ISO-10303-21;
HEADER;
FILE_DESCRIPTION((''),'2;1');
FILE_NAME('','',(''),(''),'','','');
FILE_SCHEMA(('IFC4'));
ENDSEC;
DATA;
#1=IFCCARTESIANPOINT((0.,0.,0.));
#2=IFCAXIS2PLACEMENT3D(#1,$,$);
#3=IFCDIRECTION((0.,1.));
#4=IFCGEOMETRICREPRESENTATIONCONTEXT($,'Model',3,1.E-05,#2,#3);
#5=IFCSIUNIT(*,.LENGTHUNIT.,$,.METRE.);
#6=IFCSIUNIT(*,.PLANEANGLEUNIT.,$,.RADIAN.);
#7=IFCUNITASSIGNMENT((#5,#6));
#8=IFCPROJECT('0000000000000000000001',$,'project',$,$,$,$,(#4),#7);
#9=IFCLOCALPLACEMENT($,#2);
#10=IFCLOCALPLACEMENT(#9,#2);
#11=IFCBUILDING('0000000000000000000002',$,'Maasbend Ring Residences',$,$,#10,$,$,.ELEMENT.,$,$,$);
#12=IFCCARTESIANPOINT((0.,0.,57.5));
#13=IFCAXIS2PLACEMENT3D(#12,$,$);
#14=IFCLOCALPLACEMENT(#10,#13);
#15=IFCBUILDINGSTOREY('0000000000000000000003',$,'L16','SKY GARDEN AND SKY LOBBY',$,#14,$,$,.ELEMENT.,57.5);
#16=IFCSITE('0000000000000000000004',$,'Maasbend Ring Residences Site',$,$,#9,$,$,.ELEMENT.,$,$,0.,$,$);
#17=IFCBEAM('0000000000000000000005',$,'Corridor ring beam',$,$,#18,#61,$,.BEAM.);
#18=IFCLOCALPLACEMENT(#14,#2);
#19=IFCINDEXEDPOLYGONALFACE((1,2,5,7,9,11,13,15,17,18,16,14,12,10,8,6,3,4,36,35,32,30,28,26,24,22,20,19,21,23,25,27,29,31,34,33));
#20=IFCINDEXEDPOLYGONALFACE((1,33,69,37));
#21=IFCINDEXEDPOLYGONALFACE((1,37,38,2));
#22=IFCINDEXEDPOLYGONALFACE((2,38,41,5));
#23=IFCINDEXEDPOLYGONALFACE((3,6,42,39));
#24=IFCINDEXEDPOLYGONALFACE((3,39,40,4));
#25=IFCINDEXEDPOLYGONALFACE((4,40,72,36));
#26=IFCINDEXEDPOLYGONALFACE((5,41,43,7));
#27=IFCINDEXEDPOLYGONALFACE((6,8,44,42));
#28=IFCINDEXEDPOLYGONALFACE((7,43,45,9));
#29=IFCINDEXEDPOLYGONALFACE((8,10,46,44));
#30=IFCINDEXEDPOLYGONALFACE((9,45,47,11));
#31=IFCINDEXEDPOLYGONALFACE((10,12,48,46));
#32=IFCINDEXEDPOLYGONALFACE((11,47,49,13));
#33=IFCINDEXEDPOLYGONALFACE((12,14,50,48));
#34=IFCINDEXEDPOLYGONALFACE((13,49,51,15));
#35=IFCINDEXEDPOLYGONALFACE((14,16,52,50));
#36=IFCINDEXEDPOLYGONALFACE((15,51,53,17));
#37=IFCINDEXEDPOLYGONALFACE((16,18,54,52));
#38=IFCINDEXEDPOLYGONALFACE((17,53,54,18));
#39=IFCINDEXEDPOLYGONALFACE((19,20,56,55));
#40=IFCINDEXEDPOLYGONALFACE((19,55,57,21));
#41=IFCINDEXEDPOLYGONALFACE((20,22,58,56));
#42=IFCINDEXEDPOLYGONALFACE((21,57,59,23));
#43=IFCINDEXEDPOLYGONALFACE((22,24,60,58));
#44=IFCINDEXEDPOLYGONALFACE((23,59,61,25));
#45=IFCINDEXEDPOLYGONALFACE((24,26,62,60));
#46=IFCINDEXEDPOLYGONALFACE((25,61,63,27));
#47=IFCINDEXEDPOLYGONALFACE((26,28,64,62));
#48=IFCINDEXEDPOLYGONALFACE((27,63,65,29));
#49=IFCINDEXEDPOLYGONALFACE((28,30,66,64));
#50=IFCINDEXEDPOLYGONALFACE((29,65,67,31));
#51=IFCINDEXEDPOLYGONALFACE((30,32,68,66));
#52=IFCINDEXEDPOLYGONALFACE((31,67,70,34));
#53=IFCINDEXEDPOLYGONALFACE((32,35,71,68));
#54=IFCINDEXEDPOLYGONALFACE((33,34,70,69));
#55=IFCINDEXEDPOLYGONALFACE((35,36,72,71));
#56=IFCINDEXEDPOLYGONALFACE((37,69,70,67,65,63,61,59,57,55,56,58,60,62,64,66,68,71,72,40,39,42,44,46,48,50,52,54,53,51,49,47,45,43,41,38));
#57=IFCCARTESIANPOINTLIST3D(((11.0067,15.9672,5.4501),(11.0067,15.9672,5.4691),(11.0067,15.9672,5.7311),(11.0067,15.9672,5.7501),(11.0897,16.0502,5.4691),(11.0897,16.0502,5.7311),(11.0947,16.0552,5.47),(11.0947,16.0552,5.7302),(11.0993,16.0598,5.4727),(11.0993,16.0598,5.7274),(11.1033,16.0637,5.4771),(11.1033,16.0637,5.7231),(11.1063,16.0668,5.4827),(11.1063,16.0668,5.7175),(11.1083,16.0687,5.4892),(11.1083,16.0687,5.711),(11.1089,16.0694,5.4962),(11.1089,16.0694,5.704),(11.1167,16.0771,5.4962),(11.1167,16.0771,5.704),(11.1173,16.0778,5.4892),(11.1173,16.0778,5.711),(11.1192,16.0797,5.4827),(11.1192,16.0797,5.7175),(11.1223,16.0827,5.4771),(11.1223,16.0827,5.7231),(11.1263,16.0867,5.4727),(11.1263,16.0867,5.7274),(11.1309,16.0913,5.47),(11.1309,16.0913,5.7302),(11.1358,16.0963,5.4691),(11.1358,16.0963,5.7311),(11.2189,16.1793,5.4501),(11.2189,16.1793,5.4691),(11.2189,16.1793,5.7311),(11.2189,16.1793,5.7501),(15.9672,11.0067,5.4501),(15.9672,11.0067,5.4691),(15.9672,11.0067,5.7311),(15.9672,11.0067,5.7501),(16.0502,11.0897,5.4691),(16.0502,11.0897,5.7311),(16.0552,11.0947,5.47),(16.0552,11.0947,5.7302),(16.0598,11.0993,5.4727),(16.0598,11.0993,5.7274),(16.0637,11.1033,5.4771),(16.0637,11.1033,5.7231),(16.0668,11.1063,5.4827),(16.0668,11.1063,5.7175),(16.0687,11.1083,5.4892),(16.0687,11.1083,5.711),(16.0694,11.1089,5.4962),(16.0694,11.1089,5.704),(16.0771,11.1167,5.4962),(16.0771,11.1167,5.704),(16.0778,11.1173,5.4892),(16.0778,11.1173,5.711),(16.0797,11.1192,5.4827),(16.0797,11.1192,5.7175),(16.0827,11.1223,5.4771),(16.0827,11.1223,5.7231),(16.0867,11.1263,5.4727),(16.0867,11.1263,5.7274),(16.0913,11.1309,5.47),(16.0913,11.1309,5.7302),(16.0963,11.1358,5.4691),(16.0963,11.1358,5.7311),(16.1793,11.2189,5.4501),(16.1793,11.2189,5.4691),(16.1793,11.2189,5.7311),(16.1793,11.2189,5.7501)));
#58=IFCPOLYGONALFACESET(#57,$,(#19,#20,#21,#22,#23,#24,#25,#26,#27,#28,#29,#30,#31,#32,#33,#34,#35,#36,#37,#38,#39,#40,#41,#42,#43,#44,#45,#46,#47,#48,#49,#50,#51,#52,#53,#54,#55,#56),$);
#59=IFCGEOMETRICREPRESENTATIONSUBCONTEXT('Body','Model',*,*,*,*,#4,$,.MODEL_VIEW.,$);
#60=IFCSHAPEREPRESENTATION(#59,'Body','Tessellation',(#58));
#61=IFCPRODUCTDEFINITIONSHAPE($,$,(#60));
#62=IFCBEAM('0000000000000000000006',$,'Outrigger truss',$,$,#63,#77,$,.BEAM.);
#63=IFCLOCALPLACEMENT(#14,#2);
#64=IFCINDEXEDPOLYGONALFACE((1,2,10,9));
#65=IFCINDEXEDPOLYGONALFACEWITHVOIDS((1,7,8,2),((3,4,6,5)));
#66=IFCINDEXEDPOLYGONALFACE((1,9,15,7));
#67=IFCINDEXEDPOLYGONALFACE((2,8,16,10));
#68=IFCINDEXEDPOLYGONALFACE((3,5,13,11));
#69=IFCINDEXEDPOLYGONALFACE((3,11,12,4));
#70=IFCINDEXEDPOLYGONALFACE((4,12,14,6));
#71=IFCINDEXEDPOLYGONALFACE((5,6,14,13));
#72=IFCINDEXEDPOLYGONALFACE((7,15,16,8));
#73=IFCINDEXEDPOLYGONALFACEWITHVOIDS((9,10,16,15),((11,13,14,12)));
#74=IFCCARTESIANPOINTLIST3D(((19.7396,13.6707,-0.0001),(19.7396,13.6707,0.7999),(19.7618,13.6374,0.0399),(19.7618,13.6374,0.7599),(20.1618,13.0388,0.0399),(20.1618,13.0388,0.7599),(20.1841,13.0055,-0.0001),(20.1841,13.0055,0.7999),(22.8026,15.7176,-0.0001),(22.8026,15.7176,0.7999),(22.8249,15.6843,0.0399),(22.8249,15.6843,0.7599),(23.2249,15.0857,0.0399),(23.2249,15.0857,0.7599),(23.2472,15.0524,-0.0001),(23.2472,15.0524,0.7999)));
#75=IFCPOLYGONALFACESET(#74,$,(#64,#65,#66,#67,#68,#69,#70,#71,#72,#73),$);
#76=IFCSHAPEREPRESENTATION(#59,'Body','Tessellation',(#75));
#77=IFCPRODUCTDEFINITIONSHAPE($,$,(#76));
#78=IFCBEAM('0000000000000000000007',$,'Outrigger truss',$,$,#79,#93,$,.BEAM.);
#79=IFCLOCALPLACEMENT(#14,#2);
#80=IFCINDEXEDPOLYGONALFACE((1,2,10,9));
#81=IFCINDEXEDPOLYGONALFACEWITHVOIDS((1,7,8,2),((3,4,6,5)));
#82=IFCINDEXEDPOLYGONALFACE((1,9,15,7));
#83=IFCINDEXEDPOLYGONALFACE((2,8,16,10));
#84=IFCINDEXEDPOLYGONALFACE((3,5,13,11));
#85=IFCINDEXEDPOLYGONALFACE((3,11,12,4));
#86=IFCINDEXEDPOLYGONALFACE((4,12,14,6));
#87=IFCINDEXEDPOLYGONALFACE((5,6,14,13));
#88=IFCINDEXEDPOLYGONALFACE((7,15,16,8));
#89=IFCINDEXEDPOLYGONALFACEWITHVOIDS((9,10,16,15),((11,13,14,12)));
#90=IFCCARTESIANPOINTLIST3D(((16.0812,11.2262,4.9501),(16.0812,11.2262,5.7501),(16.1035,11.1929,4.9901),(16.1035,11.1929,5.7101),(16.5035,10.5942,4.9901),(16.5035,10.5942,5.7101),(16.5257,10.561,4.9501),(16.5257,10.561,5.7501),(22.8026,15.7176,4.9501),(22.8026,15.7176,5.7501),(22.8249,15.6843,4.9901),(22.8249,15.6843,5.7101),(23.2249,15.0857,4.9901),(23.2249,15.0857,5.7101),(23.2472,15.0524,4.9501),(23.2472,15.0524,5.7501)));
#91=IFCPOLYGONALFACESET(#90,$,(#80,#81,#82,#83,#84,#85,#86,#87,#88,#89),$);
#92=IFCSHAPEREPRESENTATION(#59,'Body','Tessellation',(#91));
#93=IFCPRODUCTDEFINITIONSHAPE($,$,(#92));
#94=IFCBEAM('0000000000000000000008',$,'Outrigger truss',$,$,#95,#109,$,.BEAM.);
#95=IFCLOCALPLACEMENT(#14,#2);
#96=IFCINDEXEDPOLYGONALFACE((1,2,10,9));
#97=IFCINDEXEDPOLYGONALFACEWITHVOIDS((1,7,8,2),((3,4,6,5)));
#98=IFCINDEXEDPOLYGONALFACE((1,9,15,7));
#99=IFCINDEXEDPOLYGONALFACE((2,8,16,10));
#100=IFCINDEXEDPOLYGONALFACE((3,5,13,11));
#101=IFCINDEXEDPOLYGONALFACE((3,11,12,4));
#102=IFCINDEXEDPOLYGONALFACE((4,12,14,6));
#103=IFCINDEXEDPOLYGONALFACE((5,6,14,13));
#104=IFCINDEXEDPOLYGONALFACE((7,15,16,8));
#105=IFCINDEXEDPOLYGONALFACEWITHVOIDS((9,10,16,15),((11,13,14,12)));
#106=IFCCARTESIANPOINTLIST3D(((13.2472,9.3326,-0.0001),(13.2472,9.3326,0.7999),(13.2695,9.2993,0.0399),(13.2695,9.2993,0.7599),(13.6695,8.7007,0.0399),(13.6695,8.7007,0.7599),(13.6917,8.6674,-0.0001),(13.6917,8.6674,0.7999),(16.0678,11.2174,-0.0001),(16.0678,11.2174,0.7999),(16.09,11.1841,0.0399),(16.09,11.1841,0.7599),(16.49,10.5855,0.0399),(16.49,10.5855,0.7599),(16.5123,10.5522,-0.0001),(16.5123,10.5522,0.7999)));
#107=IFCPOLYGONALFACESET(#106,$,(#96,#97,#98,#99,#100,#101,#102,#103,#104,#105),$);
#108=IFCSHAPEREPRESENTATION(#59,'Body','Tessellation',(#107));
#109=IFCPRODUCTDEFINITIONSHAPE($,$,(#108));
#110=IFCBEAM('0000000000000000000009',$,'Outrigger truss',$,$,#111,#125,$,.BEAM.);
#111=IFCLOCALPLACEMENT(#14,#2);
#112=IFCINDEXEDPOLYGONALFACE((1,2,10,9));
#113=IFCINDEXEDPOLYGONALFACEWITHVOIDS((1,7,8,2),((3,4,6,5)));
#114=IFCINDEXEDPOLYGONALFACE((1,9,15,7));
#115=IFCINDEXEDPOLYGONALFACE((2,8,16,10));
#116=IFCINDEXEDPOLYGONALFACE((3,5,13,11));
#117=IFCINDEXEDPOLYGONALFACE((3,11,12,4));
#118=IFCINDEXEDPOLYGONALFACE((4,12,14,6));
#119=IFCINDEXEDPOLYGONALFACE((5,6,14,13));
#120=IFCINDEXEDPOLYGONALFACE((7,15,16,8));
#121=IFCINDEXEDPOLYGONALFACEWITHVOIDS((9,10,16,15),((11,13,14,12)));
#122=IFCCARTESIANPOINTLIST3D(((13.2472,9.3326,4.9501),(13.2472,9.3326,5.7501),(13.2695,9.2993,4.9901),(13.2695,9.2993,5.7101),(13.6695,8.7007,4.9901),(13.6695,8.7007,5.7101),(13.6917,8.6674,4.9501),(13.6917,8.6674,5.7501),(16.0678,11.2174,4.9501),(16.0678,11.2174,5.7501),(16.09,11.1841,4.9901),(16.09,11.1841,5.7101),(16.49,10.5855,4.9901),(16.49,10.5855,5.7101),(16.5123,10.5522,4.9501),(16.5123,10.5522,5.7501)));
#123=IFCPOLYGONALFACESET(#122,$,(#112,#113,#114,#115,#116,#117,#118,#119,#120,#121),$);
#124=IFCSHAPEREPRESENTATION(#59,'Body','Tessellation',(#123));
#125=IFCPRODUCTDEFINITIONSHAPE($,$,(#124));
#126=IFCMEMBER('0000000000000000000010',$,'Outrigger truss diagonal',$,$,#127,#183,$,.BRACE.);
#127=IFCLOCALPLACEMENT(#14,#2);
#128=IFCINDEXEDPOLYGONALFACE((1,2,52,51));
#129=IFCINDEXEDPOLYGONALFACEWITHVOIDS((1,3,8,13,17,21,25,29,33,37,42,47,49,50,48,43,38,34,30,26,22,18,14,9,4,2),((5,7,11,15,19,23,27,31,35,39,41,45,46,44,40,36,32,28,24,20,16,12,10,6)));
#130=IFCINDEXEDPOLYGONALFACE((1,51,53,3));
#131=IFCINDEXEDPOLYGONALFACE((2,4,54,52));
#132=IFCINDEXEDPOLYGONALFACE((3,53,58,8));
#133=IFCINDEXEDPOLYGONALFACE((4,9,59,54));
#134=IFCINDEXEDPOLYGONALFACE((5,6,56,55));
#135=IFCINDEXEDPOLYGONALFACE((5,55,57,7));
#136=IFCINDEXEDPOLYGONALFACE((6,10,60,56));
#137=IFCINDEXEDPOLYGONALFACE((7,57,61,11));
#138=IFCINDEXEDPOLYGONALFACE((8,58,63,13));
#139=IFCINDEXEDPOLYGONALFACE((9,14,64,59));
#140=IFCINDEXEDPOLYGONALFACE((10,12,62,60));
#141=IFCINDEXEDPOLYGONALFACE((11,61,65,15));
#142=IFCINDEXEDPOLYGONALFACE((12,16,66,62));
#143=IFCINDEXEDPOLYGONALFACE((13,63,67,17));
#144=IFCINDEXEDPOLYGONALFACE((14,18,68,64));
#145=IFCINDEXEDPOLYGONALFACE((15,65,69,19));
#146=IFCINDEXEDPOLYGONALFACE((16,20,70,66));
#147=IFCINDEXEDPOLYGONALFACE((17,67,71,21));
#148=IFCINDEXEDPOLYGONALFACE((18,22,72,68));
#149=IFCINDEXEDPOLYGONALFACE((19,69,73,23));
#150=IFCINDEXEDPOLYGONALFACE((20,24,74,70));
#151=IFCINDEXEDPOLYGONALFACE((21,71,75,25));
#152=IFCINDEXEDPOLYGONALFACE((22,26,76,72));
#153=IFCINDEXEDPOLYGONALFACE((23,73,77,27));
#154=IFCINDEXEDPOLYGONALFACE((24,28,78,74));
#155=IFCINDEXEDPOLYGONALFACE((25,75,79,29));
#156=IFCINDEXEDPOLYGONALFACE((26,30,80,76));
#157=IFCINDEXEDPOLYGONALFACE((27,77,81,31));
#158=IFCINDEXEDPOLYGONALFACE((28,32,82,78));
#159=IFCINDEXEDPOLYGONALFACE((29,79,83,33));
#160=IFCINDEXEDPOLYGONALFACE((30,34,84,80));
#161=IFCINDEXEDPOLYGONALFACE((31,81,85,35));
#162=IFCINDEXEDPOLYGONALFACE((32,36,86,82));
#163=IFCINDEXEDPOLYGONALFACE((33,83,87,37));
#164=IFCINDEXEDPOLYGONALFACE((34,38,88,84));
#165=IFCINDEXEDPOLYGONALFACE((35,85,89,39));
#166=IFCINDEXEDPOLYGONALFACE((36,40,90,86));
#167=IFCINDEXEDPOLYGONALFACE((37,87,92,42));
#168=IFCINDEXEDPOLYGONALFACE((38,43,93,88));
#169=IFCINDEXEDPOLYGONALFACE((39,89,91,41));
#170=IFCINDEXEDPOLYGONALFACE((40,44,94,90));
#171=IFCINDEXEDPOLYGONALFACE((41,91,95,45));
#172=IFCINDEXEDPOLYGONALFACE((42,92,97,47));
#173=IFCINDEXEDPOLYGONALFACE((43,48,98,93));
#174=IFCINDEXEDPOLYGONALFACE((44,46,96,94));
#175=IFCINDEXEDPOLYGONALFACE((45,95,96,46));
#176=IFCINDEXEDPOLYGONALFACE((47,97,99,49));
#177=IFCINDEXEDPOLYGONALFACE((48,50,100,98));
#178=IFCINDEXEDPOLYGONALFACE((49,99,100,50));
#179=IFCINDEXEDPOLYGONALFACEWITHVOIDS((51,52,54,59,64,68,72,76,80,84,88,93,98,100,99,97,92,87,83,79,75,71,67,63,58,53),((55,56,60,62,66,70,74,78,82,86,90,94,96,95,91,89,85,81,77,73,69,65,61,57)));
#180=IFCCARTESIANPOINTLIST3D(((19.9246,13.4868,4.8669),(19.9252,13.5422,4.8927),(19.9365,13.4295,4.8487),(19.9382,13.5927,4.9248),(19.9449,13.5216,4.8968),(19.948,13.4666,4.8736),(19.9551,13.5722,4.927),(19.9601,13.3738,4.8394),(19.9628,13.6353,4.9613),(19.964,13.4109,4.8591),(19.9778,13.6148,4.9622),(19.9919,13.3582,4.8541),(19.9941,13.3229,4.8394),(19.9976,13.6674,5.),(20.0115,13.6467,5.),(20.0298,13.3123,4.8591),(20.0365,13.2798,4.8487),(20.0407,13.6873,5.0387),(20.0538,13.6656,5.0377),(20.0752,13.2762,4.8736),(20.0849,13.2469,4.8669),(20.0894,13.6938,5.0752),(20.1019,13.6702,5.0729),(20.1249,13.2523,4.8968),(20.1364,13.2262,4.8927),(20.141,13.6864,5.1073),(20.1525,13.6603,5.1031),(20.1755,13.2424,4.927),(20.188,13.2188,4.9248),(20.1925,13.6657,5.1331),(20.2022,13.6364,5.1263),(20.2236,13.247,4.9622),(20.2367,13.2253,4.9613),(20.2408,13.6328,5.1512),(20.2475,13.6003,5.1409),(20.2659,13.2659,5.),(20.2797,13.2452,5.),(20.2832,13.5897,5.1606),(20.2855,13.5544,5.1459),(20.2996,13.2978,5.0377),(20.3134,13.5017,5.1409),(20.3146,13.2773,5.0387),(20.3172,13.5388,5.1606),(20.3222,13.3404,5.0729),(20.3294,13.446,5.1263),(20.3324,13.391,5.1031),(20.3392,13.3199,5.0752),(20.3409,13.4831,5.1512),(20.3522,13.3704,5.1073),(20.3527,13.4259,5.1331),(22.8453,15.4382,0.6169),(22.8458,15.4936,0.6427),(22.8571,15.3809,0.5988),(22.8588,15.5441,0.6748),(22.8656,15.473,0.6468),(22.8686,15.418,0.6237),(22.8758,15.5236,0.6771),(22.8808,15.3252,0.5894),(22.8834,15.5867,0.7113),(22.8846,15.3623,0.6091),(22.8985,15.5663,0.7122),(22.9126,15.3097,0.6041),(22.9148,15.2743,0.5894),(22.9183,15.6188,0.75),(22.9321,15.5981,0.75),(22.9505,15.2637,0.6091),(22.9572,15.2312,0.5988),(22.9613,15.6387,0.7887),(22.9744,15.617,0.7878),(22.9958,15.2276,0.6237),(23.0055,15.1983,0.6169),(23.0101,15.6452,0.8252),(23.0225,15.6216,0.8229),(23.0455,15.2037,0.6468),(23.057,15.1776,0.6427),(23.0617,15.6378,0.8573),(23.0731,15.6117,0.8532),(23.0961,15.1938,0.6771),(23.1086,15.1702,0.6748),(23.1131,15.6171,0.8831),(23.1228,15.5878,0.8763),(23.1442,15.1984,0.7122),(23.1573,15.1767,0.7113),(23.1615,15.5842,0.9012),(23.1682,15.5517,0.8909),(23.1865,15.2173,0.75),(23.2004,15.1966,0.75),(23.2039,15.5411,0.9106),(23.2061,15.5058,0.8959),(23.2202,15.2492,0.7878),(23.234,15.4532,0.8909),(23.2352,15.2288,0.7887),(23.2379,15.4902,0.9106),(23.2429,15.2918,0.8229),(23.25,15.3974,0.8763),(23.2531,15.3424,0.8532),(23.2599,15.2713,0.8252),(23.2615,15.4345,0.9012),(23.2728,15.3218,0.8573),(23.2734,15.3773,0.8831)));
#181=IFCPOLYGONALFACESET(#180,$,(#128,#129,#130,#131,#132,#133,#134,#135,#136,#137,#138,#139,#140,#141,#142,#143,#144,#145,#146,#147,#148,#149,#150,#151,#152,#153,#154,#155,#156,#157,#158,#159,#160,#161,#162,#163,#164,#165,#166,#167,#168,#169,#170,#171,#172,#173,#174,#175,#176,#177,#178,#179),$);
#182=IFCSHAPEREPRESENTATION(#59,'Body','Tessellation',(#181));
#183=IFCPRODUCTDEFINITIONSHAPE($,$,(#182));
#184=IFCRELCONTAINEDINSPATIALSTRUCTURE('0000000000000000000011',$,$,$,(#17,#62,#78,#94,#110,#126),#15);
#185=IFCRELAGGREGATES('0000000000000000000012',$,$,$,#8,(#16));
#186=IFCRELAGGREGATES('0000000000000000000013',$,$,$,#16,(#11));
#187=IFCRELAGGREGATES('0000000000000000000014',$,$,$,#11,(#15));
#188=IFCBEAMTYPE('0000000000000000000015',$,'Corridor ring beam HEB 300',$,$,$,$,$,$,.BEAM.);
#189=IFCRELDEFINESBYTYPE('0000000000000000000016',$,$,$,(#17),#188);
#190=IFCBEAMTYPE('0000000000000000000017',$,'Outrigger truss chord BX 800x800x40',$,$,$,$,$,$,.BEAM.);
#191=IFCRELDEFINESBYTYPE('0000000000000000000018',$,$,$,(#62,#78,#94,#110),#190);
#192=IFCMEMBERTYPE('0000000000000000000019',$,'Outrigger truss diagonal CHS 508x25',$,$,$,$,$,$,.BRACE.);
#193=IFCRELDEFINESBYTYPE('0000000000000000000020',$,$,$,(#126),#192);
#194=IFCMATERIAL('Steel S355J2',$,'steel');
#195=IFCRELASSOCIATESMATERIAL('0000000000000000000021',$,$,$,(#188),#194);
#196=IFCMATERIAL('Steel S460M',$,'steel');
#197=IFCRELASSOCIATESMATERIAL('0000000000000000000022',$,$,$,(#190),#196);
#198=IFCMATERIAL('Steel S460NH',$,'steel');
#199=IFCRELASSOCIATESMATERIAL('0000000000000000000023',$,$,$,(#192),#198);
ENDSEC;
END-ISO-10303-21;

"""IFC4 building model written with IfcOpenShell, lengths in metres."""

from ifc_helpers import new_model, si_unit, direction, frame, origin, origin_2d, place, context, subcontext, project, spatial, hollow_rectangle, hollow_circle, i_section, extrude, material, material_profile, profile_set, type_object, element, save


model = new_model("IFC4")

# Units and contexts
model_context = context("Model", 3, precision=1e-05, world=origin(), true_north=direction((0.0, 1.0)))
body_context = subcontext(model_context, "Body", "Model", "MODEL_VIEW")
ifc_project = project(units=[si_unit("LENGTHUNIT", "METRE"), si_unit("PLANEANGLEUNIT", "RADIAN")], contexts=[model_context])

# Site, building, storey
site_placement = place(None, origin())
site = spatial("IfcSite", under=ifc_project, at=site_placement, Name="Maasbend Ring Residences Site", CompositionType="ELEMENT", RefElevation=0.0)
building_placement = place(site_placement, origin())
building = spatial("IfcBuilding", under=site, at=building_placement, Name="Maasbend Ring Residences", CompositionType="ELEMENT")
storey_placement = place(building_placement, frame((0.0, 0.0, 57.5)))
storey = spatial("IfcBuildingStorey", under=building, at=storey_placement, Name="L16", Description="SKY GARDEN AND SKY LOBBY", CompositionType="ELEMENT", Elevation=57.5)

# Beams
ifc_material_1 = material(Name="Steel S355J2", Category="steel")
ifc_material_profile_1 = material_profile(ifc_material_1, i_section(OverallWidth=0.3, OverallDepth=0.3, WebThickness=0.011, FlangeThickness=0.019, FilletRadius=0.0271, at=origin_2d()), Name="HEB 300")
ifc_profile_set_1 = profile_set([ifc_material_profile_1], Name="Steel S355J2")
beam_type_1 = type_object("IfcBeamType", Name="Corridor ring beam HEB 300", PredefinedType="BEAM", material=ifc_profile_set_1)
beam_1_placement = place(storey_placement, frame((16.0732, 11.1128, 5.6001), z_axis=(-0.707107, 0.707107, 0.0), x_axis=(-0.707107, -0.707107, 0.0)))
element("IfcBeam", 1, at=beam_1_placement, inside=storey, type_object=beam_type_1, Name="Corridor ring beam", PredefinedType="BEAM", context=body_context, shape_type="SweptSolid", body=[
    extrude(i_section(OverallWidth=0.3, OverallDepth=0.3, WebThickness=0.011, FlangeThickness=0.019, FilletRadius=0.0271, at=origin_2d()), origin(), (0.0, 0.0, 1.0), 7.0151),
])
ifc_material_2 = material(Name="Steel S460M", Category="steel")
ifc_material_profile_2 = material_profile(ifc_material_2, hollow_rectangle(XDim=0.8, YDim=0.8, WallThickness=0.04, at=origin_2d()), Name="Outrigger truss chord BX 800x800x40")
ifc_profile_set_2 = profile_set([ifc_material_profile_2], Name="Steel S460M")
beam_type_2 = type_object("IfcBeamType", Name="Outrigger truss chord BX 800x800x40", PredefinedType="BEAM", material=ifc_profile_set_2)
beam_2_placement = place(storey_placement, frame((23.0249, 15.385, 0.3999), z_axis=(-0.831438, -0.555617, 0.0), x_axis=(0.555617, -0.831438, 0.0)))
element("IfcBeam", 2, at=beam_2_placement, inside=storey, type_object=beam_type_2, Name="Outrigger truss", PredefinedType="BEAM", context=body_context, shape_type="SweptSolid", body=[
    extrude(hollow_rectangle(XDim=0.8, YDim=0.8, WallThickness=0.04, at=origin_2d()), origin(), (0.0, 0.0, 1.0), 3.6841),
])
beam_3_placement = place(storey_placement, frame((23.0249, 15.385, 5.3501), z_axis=(-0.83145, -0.555599, 0.0), x_axis=(0.555599, -0.83145, 0.0)))
element("IfcBeam", 3, at=beam_3_placement, inside=storey, type_object=beam_type_2, Name="Outrigger truss", PredefinedType="BEAM", context=body_context, shape_type="SweptSolid", body=[
    extrude(hollow_rectangle(XDim=0.8, YDim=0.8, WallThickness=0.04, at=origin_2d()), origin(), (0.0, 0.0, 1.0), 8.084),
])
for number, where, z_axis, x_axis, name in (
    (4, (16.29, 10.8848, 0.3999), (-0.831452, -0.555597, 0.0), (0.555597, -0.831452, 0.0), "Outrigger truss"),
    (5, (16.29, 10.8848, 5.3501), (-0.831452, -0.555597, 0.0), (0.555597, -0.831452, 0.0), "Outrigger truss"),
):
    element("IfcBeam", number, at=place(storey_placement, frame(where, z_axis=z_axis, x_axis=x_axis)), inside=storey, type_object=beam_type_2, Name=name, PredefinedType="BEAM", context=body_context, shape_type="SweptSolid", body=[
        extrude(hollow_rectangle(XDim=0.8, YDim=0.8, WallThickness=0.04, at=origin_2d()), origin(), (0.0, 0.0, 1.0), 3.3923),
    ])

# Member
ifc_material_3 = material(Name="Steel S460NH", Category="steel")
ifc_material_profile_3 = material_profile(ifc_material_3, hollow_circle(Radius=0.2539, WallThickness=0.0249, at=origin_2d()), Name="Outrigger truss diagonal CHS 508x25")
ifc_profile_set_3 = profile_set([ifc_material_profile_3], Name="Steel S460NH")
member_type_1 = type_object("IfcMemberType", Name="Outrigger truss diagonal CHS 508x25", PredefinedType="BRACE", material=ifc_profile_set_3)
member_1_placement = place(storey_placement, frame((23.0593, 15.4077, 0.75), z_axis=(-0.52971, -0.353922, 0.770809), x_axis=(0.55555, -0.831483, 0.0)))
element("IfcMember", 6, at=member_1_placement, inside=storey, type_object=member_type_1, Name="Outrigger truss diagonal", PredefinedType="BRACE", context=body_context, shape_type="SweptSolid", body=[
    extrude(hollow_circle(Radius=0.2539, WallThickness=0.0249, at=origin_2d()), origin(), (0.0, 0.0, 1.0), 5.5137),
])

save(model, "model.ifc")
